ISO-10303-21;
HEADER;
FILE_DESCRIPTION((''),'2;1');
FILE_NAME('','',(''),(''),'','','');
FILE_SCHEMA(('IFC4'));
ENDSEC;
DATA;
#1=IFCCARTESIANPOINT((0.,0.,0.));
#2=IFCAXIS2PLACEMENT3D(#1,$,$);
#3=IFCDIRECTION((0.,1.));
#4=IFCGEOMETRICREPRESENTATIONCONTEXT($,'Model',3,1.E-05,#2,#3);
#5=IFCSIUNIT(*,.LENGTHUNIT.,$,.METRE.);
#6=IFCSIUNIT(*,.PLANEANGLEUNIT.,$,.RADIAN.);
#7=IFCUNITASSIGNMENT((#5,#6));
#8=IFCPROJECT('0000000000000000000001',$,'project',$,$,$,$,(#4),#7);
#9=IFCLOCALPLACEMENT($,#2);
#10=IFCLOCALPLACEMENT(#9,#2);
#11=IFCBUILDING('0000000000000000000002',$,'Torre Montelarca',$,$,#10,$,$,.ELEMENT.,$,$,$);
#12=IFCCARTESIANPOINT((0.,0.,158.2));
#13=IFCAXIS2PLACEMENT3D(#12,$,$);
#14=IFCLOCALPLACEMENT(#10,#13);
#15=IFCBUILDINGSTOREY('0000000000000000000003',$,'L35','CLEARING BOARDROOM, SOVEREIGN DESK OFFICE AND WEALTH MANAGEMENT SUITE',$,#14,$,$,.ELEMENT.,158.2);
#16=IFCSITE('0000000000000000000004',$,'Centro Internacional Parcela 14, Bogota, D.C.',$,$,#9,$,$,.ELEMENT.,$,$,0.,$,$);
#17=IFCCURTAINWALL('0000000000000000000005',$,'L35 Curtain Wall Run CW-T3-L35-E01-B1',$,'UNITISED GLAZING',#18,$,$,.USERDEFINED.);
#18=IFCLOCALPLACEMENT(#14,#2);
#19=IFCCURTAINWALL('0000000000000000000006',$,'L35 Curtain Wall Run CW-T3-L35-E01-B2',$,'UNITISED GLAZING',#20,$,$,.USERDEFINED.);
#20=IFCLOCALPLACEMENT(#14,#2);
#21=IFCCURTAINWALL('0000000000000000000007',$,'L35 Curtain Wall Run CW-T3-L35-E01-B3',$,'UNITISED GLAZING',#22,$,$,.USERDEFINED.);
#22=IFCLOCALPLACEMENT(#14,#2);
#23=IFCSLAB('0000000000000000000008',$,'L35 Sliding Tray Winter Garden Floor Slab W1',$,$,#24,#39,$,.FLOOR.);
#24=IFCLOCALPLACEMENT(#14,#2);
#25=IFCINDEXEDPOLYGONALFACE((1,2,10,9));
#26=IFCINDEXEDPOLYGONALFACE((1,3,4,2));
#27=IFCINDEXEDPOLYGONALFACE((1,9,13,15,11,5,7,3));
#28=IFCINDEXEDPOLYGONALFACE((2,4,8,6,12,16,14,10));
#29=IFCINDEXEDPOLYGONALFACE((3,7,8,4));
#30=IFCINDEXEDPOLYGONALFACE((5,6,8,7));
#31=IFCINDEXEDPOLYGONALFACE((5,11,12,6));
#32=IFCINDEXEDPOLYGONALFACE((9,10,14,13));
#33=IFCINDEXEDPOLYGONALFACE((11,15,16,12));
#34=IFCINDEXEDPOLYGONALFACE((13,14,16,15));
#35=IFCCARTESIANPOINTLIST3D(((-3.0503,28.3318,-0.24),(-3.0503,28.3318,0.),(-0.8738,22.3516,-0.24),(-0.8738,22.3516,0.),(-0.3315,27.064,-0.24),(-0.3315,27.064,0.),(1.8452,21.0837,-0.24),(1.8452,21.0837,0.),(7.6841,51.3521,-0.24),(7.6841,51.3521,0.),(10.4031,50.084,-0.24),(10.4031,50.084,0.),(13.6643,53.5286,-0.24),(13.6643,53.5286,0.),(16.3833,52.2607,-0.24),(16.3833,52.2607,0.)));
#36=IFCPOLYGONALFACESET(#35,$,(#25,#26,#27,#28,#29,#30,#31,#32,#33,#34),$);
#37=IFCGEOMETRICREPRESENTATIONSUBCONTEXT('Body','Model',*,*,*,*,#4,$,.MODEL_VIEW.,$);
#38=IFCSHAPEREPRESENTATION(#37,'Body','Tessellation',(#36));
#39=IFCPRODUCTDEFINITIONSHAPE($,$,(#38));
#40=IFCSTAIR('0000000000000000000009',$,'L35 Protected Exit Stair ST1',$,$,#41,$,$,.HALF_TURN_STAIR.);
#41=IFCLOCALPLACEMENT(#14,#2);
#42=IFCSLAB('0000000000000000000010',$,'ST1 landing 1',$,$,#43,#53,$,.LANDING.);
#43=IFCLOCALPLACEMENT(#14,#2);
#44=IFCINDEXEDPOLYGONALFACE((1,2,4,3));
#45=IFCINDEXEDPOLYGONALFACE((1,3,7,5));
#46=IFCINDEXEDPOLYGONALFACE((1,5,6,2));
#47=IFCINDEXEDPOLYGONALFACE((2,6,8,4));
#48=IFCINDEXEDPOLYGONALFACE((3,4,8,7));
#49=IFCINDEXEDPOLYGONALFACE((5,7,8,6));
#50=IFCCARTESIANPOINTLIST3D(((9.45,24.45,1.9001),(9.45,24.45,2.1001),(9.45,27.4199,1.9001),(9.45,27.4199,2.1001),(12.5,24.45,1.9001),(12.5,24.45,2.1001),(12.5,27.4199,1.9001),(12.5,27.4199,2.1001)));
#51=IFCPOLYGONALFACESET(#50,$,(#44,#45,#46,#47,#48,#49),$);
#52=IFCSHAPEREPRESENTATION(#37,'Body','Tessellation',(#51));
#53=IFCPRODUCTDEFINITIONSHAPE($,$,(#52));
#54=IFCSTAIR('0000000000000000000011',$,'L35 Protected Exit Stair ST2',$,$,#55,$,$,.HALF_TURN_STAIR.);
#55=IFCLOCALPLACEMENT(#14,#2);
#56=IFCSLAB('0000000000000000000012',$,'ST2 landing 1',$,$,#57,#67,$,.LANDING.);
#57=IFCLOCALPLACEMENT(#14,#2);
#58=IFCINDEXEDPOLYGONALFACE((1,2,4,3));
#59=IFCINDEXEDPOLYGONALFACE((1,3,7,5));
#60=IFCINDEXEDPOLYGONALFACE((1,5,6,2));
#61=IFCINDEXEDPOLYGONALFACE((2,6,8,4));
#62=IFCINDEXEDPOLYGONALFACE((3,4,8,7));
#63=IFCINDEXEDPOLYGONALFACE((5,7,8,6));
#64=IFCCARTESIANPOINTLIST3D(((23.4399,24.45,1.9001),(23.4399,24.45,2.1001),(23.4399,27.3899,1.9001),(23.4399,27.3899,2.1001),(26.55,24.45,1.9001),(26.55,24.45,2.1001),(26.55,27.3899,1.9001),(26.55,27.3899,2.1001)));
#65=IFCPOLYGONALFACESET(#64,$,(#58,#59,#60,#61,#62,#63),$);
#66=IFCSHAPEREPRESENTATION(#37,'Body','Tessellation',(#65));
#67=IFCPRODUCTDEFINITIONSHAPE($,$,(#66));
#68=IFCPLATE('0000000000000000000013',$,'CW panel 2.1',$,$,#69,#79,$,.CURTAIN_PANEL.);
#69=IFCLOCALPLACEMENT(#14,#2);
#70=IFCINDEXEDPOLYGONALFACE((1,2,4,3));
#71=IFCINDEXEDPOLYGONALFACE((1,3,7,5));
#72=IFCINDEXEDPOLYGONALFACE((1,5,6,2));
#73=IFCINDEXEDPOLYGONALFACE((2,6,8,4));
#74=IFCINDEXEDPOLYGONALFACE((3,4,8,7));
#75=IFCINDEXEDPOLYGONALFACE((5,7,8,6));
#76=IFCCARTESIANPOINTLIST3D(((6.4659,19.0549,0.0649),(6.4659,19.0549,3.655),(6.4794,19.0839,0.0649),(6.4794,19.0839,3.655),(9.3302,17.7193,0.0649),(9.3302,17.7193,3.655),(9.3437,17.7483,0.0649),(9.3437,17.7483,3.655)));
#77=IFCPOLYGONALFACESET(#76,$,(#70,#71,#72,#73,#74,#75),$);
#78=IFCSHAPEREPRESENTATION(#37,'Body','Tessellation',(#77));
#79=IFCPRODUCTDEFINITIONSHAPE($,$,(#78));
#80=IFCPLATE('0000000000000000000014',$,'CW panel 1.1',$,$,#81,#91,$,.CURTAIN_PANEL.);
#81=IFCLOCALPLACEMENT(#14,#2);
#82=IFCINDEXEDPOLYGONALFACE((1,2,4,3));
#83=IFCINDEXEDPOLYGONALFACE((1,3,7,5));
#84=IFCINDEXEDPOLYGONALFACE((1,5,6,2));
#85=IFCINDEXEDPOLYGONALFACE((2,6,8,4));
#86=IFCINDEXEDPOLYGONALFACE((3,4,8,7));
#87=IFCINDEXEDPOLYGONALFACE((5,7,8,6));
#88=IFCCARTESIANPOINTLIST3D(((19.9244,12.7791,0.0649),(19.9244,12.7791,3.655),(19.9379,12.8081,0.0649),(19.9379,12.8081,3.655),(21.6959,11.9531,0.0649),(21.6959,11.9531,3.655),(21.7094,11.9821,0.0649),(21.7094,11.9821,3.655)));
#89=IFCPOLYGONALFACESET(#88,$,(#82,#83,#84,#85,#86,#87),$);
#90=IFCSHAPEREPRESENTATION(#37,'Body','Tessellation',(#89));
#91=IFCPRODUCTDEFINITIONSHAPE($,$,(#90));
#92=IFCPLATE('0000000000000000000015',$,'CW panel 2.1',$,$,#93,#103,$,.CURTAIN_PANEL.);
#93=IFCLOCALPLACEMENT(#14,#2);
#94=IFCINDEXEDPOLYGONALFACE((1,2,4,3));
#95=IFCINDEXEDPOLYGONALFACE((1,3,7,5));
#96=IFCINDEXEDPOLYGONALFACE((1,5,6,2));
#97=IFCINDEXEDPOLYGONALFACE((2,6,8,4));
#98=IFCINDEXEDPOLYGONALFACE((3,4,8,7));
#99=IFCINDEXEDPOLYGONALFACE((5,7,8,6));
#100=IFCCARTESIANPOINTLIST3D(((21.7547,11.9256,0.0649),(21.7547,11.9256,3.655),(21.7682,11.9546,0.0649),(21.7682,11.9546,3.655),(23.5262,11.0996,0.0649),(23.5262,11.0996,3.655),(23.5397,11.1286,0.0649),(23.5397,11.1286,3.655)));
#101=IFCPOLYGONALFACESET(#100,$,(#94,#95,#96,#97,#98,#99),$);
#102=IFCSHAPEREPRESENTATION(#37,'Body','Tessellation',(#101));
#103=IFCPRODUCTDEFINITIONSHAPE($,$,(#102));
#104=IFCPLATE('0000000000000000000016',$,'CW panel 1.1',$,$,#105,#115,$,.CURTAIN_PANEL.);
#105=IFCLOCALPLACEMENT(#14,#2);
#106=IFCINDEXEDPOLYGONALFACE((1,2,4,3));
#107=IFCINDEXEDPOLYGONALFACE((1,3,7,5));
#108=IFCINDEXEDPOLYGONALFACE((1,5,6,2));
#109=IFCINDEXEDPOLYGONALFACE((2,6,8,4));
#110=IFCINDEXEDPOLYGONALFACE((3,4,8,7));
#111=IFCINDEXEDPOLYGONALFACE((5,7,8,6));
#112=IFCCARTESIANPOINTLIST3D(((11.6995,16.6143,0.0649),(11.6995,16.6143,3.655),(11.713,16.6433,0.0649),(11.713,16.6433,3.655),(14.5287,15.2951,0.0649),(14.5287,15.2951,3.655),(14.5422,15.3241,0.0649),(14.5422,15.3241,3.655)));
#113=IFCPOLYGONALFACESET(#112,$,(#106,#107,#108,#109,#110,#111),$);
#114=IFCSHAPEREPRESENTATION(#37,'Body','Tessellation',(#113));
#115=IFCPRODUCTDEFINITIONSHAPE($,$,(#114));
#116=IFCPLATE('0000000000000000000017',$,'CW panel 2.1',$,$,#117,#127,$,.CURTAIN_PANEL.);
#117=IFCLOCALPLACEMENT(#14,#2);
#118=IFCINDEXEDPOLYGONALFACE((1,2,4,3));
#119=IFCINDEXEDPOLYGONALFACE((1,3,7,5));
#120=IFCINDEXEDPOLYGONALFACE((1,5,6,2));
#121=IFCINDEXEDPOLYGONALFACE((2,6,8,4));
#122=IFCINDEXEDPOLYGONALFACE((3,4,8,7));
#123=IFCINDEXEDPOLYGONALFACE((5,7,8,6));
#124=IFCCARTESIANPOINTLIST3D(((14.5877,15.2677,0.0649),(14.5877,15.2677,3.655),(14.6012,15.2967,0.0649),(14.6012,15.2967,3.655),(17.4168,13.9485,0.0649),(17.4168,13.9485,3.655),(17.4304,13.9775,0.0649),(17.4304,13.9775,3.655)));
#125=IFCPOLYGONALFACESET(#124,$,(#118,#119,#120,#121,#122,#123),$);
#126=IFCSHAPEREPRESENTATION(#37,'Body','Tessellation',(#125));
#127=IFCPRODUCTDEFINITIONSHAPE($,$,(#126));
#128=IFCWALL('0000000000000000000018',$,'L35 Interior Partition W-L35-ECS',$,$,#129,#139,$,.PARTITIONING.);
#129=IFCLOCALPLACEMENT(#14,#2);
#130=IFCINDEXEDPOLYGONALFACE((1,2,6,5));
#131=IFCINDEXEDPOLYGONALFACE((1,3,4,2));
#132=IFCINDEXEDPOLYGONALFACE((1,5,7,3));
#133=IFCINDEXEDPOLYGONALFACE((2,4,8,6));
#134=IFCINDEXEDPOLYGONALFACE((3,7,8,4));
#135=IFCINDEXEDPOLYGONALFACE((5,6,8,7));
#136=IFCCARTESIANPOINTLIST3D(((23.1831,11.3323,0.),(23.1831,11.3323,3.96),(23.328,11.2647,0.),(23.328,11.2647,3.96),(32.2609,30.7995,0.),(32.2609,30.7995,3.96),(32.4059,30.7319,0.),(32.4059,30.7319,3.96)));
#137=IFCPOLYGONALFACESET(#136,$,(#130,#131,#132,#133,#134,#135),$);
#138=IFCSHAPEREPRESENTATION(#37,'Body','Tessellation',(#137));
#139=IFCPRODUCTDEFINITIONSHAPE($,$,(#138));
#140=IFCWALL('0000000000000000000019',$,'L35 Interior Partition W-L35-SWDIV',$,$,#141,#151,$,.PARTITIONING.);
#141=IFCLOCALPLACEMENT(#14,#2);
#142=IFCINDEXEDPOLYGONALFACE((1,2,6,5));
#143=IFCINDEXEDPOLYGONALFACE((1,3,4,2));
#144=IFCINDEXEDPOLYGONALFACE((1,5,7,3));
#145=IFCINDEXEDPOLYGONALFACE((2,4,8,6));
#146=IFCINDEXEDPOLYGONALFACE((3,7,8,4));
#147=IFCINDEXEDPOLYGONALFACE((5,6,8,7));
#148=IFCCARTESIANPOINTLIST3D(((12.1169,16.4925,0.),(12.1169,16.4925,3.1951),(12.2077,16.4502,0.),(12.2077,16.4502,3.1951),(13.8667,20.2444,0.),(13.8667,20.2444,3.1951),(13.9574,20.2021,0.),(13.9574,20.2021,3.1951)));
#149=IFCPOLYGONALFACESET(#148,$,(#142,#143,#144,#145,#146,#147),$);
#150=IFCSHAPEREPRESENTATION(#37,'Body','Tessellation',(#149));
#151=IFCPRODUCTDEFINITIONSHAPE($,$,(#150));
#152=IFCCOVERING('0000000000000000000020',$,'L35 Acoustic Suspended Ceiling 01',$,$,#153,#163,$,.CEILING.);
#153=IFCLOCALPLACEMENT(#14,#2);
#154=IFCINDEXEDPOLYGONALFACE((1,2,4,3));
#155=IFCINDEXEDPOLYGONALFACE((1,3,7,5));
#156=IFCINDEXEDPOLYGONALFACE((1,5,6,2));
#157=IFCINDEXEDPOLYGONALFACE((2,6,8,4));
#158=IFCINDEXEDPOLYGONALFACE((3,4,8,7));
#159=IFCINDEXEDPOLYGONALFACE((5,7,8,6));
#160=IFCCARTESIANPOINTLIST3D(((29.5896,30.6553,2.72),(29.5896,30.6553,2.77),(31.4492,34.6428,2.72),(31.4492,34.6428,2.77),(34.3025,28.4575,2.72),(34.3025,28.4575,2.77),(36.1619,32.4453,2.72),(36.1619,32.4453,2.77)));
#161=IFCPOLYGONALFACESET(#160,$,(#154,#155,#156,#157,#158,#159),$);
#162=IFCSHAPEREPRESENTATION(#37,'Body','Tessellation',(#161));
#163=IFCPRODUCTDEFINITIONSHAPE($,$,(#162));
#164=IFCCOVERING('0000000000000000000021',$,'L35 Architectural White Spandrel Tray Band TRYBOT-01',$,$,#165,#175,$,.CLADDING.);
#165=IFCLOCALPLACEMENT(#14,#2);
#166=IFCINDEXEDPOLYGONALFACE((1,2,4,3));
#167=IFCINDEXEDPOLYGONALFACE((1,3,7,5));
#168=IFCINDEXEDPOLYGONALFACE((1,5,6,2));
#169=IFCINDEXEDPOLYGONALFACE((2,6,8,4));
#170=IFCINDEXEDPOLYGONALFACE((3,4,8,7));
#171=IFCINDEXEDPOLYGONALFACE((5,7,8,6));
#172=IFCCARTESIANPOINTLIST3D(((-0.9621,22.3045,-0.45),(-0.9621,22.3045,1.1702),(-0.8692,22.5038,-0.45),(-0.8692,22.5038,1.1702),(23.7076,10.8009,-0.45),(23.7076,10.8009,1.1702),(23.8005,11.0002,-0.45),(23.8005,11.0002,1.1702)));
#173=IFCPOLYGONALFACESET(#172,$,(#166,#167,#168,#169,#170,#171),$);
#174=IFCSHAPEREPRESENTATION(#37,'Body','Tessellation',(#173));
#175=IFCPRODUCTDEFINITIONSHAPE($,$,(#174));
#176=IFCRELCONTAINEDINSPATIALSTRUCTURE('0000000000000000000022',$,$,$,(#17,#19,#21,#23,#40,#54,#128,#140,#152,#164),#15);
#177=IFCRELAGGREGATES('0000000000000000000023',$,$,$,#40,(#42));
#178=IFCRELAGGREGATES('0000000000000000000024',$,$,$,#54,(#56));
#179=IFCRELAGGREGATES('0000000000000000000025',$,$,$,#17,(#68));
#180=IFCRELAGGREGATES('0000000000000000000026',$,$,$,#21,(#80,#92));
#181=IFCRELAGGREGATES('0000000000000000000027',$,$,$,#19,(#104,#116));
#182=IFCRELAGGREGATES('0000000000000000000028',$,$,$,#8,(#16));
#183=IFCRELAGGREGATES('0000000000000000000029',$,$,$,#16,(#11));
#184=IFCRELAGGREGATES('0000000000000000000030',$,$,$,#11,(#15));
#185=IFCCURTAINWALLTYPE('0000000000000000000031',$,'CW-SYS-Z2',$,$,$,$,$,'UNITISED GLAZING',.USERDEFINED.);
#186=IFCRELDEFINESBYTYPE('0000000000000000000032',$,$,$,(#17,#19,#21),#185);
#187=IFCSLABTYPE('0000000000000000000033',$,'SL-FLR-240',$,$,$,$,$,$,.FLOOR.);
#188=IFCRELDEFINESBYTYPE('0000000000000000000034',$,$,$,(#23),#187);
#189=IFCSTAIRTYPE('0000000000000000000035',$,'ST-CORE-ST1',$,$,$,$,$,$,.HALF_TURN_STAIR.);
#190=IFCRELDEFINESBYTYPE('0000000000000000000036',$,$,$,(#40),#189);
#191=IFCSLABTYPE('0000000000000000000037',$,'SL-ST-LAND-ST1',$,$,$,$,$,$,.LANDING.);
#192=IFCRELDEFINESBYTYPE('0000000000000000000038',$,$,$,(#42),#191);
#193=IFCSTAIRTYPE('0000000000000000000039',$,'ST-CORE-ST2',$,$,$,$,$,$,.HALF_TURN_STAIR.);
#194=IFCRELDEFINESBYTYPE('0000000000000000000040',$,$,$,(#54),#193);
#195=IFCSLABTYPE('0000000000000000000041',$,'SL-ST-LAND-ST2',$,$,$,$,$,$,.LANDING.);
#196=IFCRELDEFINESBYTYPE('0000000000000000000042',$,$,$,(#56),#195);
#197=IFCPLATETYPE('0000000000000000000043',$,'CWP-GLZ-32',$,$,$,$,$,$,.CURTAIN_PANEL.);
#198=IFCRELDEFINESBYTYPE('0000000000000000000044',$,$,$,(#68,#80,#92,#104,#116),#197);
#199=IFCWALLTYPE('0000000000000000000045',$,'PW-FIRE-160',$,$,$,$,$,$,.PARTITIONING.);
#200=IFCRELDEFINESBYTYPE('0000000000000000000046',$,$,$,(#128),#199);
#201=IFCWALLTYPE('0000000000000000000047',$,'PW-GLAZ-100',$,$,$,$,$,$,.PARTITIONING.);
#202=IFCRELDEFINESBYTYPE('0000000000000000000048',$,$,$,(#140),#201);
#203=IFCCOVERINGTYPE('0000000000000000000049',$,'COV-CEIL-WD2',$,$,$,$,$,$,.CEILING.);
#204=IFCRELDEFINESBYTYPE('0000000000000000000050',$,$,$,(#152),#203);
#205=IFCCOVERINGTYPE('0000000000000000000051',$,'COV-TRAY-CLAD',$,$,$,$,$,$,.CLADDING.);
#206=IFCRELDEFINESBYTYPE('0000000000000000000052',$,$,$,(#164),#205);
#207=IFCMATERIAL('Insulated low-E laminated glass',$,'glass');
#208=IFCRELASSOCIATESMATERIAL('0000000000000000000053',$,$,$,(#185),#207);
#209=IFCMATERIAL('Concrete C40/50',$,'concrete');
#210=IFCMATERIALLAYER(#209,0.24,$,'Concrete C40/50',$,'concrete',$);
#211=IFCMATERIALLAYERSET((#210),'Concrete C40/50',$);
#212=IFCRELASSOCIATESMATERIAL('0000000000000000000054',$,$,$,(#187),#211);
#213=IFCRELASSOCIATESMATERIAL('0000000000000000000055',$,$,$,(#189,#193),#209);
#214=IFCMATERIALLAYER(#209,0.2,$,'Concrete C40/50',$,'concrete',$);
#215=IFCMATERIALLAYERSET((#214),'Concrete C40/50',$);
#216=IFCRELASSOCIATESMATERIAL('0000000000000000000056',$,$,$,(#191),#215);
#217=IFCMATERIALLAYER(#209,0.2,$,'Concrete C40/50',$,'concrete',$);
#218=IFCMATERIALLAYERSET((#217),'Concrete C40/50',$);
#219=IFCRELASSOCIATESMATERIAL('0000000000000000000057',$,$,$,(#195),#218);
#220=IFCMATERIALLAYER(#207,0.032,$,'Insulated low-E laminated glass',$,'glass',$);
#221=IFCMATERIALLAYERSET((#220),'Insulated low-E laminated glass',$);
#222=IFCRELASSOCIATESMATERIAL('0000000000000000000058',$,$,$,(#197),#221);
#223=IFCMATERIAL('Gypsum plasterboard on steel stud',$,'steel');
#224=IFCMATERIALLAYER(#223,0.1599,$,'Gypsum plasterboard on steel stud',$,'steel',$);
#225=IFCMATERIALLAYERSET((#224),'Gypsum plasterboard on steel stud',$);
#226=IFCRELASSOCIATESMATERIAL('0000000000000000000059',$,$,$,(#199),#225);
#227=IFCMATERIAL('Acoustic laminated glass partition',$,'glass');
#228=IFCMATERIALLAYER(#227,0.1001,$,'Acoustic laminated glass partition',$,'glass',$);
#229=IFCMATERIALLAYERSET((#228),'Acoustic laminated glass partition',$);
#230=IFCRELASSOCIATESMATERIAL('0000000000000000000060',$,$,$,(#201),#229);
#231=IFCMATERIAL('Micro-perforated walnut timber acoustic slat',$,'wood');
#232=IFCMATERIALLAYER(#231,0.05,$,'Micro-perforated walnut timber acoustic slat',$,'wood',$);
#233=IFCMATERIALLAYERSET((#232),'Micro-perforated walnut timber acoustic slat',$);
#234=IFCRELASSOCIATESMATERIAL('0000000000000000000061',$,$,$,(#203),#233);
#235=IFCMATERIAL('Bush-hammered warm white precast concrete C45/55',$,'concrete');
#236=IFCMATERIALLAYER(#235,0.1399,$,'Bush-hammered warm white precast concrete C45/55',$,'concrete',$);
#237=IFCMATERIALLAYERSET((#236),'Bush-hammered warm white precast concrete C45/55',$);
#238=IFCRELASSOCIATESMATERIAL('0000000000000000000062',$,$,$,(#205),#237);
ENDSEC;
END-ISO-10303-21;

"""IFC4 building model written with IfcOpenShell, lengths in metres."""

from ifc_helpers import new_model, si_unit, direction, frame, frame_2d, origin, origin_2d, place, context, subcontext, project, spatial, polyline, rectangle, outline, extrude, source, transform, mapped, material, layer, layer_set, type_object, element, aggregate, save


model = new_model("IFC4")

# Units and contexts
model_context = context("Model", 3, precision=1e-05, world=origin(), true_north=direction((0.0, 1.0)))
body_context = subcontext(model_context, "Body", "Model", "MODEL_VIEW")
ifc_project = project(units=[si_unit("LENGTHUNIT", "METRE"), si_unit("PLANEANGLEUNIT", "RADIAN")], contexts=[model_context])

# Site, building, storey
site_placement = place(None, origin())
site = spatial("IfcSite", under=ifc_project, at=site_placement, Name="Centro Internacional Parcela 14, Bogota, D.C.", CompositionType="ELEMENT", RefElevation=0.0)
building_placement = place(site_placement, origin())
building = spatial("IfcBuilding", under=site, at=building_placement, Name="Torre Montelarca", CompositionType="ELEMENT")
storey_placement = place(building_placement, frame((0.0, 0.0, 158.2)))
storey = spatial("IfcBuildingStorey", under=building, at=storey_placement, Name="L35", Description="CLEARING BOARDROOM, SOVEREIGN DESK OFFICE AND WEALTH MANAGEMENT SUITE", CompositionType="ELEMENT", Elevation=158.2)

# Curtain wall
ifc_material_1 = material(Name="Insulated low-E laminated glass", Category="glass")
curtain_wall_type = type_object("IfcCurtainWallType", Name="CW-SYS-Z2", ElementType="UNITISED GLAZING", PredefinedType="USERDEFINED", material=ifc_material_1)
curtain_wall_1_placement = place(storey_placement, origin())
curtain_wall_1 = element("IfcCurtainWall", 1, at=curtain_wall_1_placement, inside=storey, type_object=curtain_wall_type, Name="L35 Curtain Wall Run CW-T3-L35-E01-B1", ObjectType="UNITISED GLAZING", PredefinedType="USERDEFINED")

# Curtain walls
curtain_wall_2_placement = place(storey_placement, origin())
curtain_wall_2 = element("IfcCurtainWall", 2, at=curtain_wall_2_placement, inside=storey, type_object=curtain_wall_type, Name="L35 Curtain Wall Run CW-T3-L35-E01-B2", ObjectType="UNITISED GLAZING", PredefinedType="USERDEFINED")
curtain_wall_3_placement = place(storey_placement, origin())
curtain_wall_3 = element("IfcCurtainWall", 3, at=curtain_wall_3_placement, inside=storey, type_object=curtain_wall_type, Name="L35 Curtain Wall Run CW-T3-L35-E01-B3", ObjectType="UNITISED GLAZING", PredefinedType="USERDEFINED")

# Slab
ifc_material_2 = material(Name="Concrete C40/50", Category="concrete")
ifc_layer_1 = layer(ifc_material_2, 0.24, Name="Concrete C40/50", Category="concrete")
ifc_layer_set_1 = layer_set([ifc_layer_1], Name="Concrete C40/50")
slab_type_1 = type_object("IfcSlabType", Name="SL-FLR-240", PredefinedType="FLOOR", material=ifc_layer_set_1)
slab_1_placement = place(storey_placement, frame((0.0, 0.0, -0.24)))
element("IfcSlab", 4, at=slab_1_placement, inside=storey, type_object=slab_type_1, Name="L35 Sliding Tray Winter Garden Floor Slab W1", PredefinedType="FLOOR", context=body_context, shape_type="SweptSolid", body=[
    extrude(outline(polyline([(1.8452, 21.0837), (-0.3315, 27.064), (10.4031, 50.084), (16.3833, 52.2607), (13.6643, 53.5286), (7.6841, 51.3521), (-3.0503, 28.3318), (-0.8738, 22.3516), (1.8452, 21.0837)])), origin(), (0.0, 0.0, 1.0), 0.24),
])

# Stairs, slabs
stair_type_1 = type_object("IfcStairType", Name="ST-CORE-ST1", PredefinedType="HALF_TURN_STAIR", material=ifc_material_2)
stair_1_placement = place(storey_placement, origin())
stair_1 = element("IfcStair", 5, at=stair_1_placement, inside=storey, type_object=stair_type_1, Name="L35 Protected Exit Stair ST1", PredefinedType="HALF_TURN_STAIR")
ifc_layer_2 = layer(ifc_material_2, 0.2, Name="Concrete C40/50", Category="concrete")
ifc_layer_set_2 = layer_set([ifc_layer_2], Name="Concrete C40/50")
slab_type_2 = type_object("IfcSlabType", Name="SL-ST-LAND-ST1", PredefinedType="LANDING", material=ifc_layer_set_2)
slab_2_placement = place(storey_placement, frame((0.0, 0.0, 1.9001)))
slab_2 = element("IfcSlab", 6, at=slab_2_placement, type_object=slab_type_2, Name="ST1 landing 1", PredefinedType="LANDING", context=body_context, shape_type="SweptSolid", body=[
    extrude(outline(polyline([(9.45, 27.4199), (9.45, 24.45), (12.5, 24.45), (12.5, 27.4199), (9.45, 27.4199)])), origin(), (0.0, 0.0, 1.0), 0.2),
])
aggregate(stair_1, [slab_2])
stair_type_2 = type_object("IfcStairType", Name="ST-CORE-ST2", PredefinedType="HALF_TURN_STAIR", material=ifc_material_2)
stair_2_placement = place(storey_placement, origin())
stair_2 = element("IfcStair", 7, at=stair_2_placement, inside=storey, type_object=stair_type_2, Name="L35 Protected Exit Stair ST2", PredefinedType="HALF_TURN_STAIR")
ifc_layer_3 = layer(ifc_material_2, 0.2, Name="Concrete C40/50", Category="concrete")
ifc_layer_set_3 = layer_set([ifc_layer_3], Name="Concrete C40/50")
slab_type_3 = type_object("IfcSlabType", Name="SL-ST-LAND-ST2", PredefinedType="LANDING", material=ifc_layer_set_3)
slab_3_placement = place(storey_placement, frame((0.0, 0.0, 1.9001)))
slab_3 = element("IfcSlab", 8, at=slab_3_placement, type_object=slab_type_3, Name="ST2 landing 1", PredefinedType="LANDING", context=body_context, shape_type="SweptSolid", body=[
    extrude(outline(polyline([(23.4399, 27.3899), (23.4399, 24.45), (26.55, 24.45), (26.55, 27.3899), (23.4399, 27.3899)])), origin(), (0.0, 0.0, 1.0), 0.2),
])
aggregate(stair_2, [slab_3])

# Plates
ifc_layer_4 = layer(ifc_material_1, 0.032, Name="Insulated low-E laminated glass", Category="glass")
ifc_layer_set_4 = layer_set([ifc_layer_4], Name="Insulated low-E laminated glass")
plate_type = type_object("IfcPlateType", Name="CWP-GLZ-32", PredefinedType="CURTAIN_PANEL", material=ifc_layer_set_4)
shared_shape_1 = source(origin(), body_context, "Body", "SweptSolid", [
    extrude(rectangle(XDim=3.1604, YDim=0.032, at=origin_2d()), origin(), (0.0, 0.0, 1.0), 3.5901),
])
plate_1_placement = place(storey_placement, frame((7.9048, 18.4016, 0.0649), z_axis=(0.0, 0.0, 1.0), x_axis=(0.90631, -0.422613, 0.0)))
plate_1 = element("IfcPlate", 9, at=plate_1_placement, type_object=plate_type, Name="CW panel 2.1", PredefinedType="CURTAIN_PANEL", context=body_context, shape_type="MappedRepresentation", body=[
    mapped(shared_shape_1, transform((0.0, 0.0, 0.0), scale=1.0)),
])
aggregate(curtain_wall_1, [plate_1])
shared_shape_2 = source(origin(), body_context, "Body", "SweptSolid", [
    extrude(rectangle(XDim=1.9546, YDim=0.032, at=origin_2d()), origin(), (0.0, 0.0, 1.0), 3.5901),
])
plate_2_placement = place(storey_placement, frame((20.8169, 12.3806, 0.0649), z_axis=(0.0, 0.0, 1.0), x_axis=(0.906311, -0.422612, 0.0)))
plate_2 = element("IfcPlate", 10, at=plate_2_placement, type_object=plate_type, Name="CW panel 1.1", PredefinedType="CURTAIN_PANEL", context=body_context, shape_type="MappedRepresentation", body=[
    mapped(shared_shape_2, transform((0.0, 0.0, 0.0), scale=1.0)),
])
plate_3_placement = place(storey_placement, frame((22.6472, 11.5271, 0.0649), z_axis=(0.0, 0.0, 1.0), x_axis=(0.906311, -0.422612, 0.0)))
plate_3 = element("IfcPlate", 11, at=plate_3_placement, type_object=plate_type, Name="CW panel 2.1", PredefinedType="CURTAIN_PANEL", context=body_context, shape_type="MappedRepresentation", body=[
    mapped(shared_shape_2, transform((0.0, 0.0, 0.0), scale=1.0)),
])
aggregate(curtain_wall_3, [plate_2, plate_3])
shared_shape_3 = source(origin(), body_context, "Body", "SweptSolid", [
    extrude(rectangle(XDim=3.1216, YDim=0.032, at=origin_2d()), origin(), (0.0, 0.0, 1.0), 3.5901),
])
plate_4_placement = place(storey_placement, frame((13.1208, 15.9692, 0.0649), z_axis=(0.0, 0.0, 1.0), x_axis=(0.906314, -0.422606, 0.0)))
plate_4 = element("IfcPlate", 12, at=plate_4_placement, type_object=plate_type, Name="CW panel 1.1", PredefinedType="CURTAIN_PANEL", context=body_context, shape_type="MappedRepresentation", body=[
    mapped(shared_shape_3, transform((0.0, 0.0, 0.0), scale=1.0)),
])
plate_5_placement = place(storey_placement, frame((16.009, 14.6226, 0.0649), z_axis=(0.0, 0.0, 1.0), x_axis=(0.906314, -0.422606, 0.0)))
plate_5 = element("IfcPlate", 13, at=plate_5_placement, type_object=plate_type, Name="CW panel 2.1", PredefinedType="CURTAIN_PANEL", context=body_context, shape_type="MappedRepresentation", body=[
    mapped(shared_shape_3, transform((0.0, 0.0, 0.0), scale=1.0)),
])
aggregate(curtain_wall_2, [plate_4, plate_5])

# Walls
ifc_material_3 = material(Name="Gypsum plasterboard on steel stud", Category="steel")
ifc_layer_5 = layer(ifc_material_3, 0.1599, Name="Gypsum plasterboard on steel stud", Category="steel")
ifc_layer_set_5 = layer_set([ifc_layer_5], Name="Gypsum plasterboard on steel stud")
wall_type_1 = type_object("IfcWallType", Name="PW-FIRE-160", PredefinedType="PARTITIONING", material=ifc_layer_set_5)
wall_1_placement = place(storey_placement, frame((23.2556, 11.2986, 0.0), z_axis=(0.0, 0.0, 1.0), x_axis=(0.422623, 0.906305, 0.0)))
element("IfcWall", 14, at=wall_1_placement, inside=storey, type_object=wall_type_1, Name="L35 Interior Partition W-L35-ECS", PredefinedType="PARTITIONING", context=body_context, shape_type="SweptSolid", body=[
    extrude(rectangle(XDim=21.4797, YDim=0.1599, at=frame_2d((10.7397, 0.0))), origin(), (0.0, 0.0, 1.0), 3.96),
])
ifc_material_4 = material(Name="Acoustic laminated glass partition", Category="glass")
ifc_layer_6 = layer(ifc_material_4, 0.1001, Name="Acoustic laminated glass partition", Category="glass")
ifc_layer_set_6 = layer_set([ifc_layer_6], Name="Acoustic laminated glass partition")
wall_type_2 = type_object("IfcWallType", Name="PW-GLAZ-100", PredefinedType="PARTITIONING", material=ifc_layer_set_6)
wall_2_placement = place(storey_placement, frame((12.1624, 16.4714, 0.0), z_axis=(0.0, 0.0, 1.0), x_axis=(0.422656, 0.90629, 0.0)))
element("IfcWall", 15, at=wall_2_placement, inside=storey, type_object=wall_type_2, Name="L35 Interior Partition W-L35-SWDIV", PredefinedType="PARTITIONING", context=body_context, shape_type="SweptSolid", body=[
    extrude(rectangle(XDim=4.1399, YDim=0.1001, at=frame_2d((2.0698, 0.0))), origin(), (0.0, 0.0, 1.0), 3.1951),
])

# Coverings
ifc_material_5 = material(Name="Micro-perforated walnut timber acoustic slat", Category="wood")
ifc_layer_7 = layer(ifc_material_5, 0.05, Name="Micro-perforated walnut timber acoustic slat", Category="wood")
ifc_layer_set_7 = layer_set([ifc_layer_7], Name="Micro-perforated walnut timber acoustic slat")
covering_type_1 = type_object("IfcCoveringType", Name="COV-CEIL-WD2", PredefinedType="CEILING", material=ifc_layer_set_7)
covering_1_placement = place(storey_placement, frame((0.0, 0.0, 2.72)))
element("IfcCovering", 16, at=covering_1_placement, inside=storey, type_object=covering_type_1, Name="L35 Acoustic Suspended Ceiling 01", PredefinedType="CEILING", context=body_context, shape_type="SweptSolid", body=[
    extrude(outline(polyline([(29.5896, 30.6553), (34.3025, 28.4575), (36.1619, 32.4453), (31.4492, 34.6428), (29.5896, 30.6553)])), origin(), (0.0, 0.0, 1.0), 0.05),
])
ifc_material_6 = material(Name="Bush-hammered warm white precast concrete C45/55", Category="concrete")
ifc_layer_8 = layer(ifc_material_6, 0.1399, Name="Bush-hammered warm white precast concrete C45/55", Category="concrete")
ifc_layer_set_8 = layer_set([ifc_layer_8], Name="Bush-hammered warm white precast concrete C45/55")
covering_type_2 = type_object("IfcCoveringType", Name="COV-TRAY-CLAD", PredefinedType="CLADDING", material=ifc_layer_set_8)
shared_shape_4 = source(origin(), body_context, "Body", "SweptSolid", [
    extrude(rectangle(XDim=27.22, YDim=0.22, at=origin_2d()), origin(), (0.0, 0.0, 1.0), 1.6201),
])
covering_2_placement = place(storey_placement, frame((11.4192, 16.6523, -0.45), z_axis=(0.0, 0.0, 1.0), x_axis=(0.906309, -0.422617, 0.0)))
element("IfcCovering", 17, at=covering_2_placement, inside=storey, type_object=covering_type_2, Name="L35 Architectural White Spandrel Tray Band TRYBOT-01", PredefinedType="CLADDING", context=body_context, shape_type="MappedRepresentation", body=[
    mapped(shared_shape_4, transform((0.0, 0.0, 0.0), scale=1.0)),
])

save(model, "model.ifc")
